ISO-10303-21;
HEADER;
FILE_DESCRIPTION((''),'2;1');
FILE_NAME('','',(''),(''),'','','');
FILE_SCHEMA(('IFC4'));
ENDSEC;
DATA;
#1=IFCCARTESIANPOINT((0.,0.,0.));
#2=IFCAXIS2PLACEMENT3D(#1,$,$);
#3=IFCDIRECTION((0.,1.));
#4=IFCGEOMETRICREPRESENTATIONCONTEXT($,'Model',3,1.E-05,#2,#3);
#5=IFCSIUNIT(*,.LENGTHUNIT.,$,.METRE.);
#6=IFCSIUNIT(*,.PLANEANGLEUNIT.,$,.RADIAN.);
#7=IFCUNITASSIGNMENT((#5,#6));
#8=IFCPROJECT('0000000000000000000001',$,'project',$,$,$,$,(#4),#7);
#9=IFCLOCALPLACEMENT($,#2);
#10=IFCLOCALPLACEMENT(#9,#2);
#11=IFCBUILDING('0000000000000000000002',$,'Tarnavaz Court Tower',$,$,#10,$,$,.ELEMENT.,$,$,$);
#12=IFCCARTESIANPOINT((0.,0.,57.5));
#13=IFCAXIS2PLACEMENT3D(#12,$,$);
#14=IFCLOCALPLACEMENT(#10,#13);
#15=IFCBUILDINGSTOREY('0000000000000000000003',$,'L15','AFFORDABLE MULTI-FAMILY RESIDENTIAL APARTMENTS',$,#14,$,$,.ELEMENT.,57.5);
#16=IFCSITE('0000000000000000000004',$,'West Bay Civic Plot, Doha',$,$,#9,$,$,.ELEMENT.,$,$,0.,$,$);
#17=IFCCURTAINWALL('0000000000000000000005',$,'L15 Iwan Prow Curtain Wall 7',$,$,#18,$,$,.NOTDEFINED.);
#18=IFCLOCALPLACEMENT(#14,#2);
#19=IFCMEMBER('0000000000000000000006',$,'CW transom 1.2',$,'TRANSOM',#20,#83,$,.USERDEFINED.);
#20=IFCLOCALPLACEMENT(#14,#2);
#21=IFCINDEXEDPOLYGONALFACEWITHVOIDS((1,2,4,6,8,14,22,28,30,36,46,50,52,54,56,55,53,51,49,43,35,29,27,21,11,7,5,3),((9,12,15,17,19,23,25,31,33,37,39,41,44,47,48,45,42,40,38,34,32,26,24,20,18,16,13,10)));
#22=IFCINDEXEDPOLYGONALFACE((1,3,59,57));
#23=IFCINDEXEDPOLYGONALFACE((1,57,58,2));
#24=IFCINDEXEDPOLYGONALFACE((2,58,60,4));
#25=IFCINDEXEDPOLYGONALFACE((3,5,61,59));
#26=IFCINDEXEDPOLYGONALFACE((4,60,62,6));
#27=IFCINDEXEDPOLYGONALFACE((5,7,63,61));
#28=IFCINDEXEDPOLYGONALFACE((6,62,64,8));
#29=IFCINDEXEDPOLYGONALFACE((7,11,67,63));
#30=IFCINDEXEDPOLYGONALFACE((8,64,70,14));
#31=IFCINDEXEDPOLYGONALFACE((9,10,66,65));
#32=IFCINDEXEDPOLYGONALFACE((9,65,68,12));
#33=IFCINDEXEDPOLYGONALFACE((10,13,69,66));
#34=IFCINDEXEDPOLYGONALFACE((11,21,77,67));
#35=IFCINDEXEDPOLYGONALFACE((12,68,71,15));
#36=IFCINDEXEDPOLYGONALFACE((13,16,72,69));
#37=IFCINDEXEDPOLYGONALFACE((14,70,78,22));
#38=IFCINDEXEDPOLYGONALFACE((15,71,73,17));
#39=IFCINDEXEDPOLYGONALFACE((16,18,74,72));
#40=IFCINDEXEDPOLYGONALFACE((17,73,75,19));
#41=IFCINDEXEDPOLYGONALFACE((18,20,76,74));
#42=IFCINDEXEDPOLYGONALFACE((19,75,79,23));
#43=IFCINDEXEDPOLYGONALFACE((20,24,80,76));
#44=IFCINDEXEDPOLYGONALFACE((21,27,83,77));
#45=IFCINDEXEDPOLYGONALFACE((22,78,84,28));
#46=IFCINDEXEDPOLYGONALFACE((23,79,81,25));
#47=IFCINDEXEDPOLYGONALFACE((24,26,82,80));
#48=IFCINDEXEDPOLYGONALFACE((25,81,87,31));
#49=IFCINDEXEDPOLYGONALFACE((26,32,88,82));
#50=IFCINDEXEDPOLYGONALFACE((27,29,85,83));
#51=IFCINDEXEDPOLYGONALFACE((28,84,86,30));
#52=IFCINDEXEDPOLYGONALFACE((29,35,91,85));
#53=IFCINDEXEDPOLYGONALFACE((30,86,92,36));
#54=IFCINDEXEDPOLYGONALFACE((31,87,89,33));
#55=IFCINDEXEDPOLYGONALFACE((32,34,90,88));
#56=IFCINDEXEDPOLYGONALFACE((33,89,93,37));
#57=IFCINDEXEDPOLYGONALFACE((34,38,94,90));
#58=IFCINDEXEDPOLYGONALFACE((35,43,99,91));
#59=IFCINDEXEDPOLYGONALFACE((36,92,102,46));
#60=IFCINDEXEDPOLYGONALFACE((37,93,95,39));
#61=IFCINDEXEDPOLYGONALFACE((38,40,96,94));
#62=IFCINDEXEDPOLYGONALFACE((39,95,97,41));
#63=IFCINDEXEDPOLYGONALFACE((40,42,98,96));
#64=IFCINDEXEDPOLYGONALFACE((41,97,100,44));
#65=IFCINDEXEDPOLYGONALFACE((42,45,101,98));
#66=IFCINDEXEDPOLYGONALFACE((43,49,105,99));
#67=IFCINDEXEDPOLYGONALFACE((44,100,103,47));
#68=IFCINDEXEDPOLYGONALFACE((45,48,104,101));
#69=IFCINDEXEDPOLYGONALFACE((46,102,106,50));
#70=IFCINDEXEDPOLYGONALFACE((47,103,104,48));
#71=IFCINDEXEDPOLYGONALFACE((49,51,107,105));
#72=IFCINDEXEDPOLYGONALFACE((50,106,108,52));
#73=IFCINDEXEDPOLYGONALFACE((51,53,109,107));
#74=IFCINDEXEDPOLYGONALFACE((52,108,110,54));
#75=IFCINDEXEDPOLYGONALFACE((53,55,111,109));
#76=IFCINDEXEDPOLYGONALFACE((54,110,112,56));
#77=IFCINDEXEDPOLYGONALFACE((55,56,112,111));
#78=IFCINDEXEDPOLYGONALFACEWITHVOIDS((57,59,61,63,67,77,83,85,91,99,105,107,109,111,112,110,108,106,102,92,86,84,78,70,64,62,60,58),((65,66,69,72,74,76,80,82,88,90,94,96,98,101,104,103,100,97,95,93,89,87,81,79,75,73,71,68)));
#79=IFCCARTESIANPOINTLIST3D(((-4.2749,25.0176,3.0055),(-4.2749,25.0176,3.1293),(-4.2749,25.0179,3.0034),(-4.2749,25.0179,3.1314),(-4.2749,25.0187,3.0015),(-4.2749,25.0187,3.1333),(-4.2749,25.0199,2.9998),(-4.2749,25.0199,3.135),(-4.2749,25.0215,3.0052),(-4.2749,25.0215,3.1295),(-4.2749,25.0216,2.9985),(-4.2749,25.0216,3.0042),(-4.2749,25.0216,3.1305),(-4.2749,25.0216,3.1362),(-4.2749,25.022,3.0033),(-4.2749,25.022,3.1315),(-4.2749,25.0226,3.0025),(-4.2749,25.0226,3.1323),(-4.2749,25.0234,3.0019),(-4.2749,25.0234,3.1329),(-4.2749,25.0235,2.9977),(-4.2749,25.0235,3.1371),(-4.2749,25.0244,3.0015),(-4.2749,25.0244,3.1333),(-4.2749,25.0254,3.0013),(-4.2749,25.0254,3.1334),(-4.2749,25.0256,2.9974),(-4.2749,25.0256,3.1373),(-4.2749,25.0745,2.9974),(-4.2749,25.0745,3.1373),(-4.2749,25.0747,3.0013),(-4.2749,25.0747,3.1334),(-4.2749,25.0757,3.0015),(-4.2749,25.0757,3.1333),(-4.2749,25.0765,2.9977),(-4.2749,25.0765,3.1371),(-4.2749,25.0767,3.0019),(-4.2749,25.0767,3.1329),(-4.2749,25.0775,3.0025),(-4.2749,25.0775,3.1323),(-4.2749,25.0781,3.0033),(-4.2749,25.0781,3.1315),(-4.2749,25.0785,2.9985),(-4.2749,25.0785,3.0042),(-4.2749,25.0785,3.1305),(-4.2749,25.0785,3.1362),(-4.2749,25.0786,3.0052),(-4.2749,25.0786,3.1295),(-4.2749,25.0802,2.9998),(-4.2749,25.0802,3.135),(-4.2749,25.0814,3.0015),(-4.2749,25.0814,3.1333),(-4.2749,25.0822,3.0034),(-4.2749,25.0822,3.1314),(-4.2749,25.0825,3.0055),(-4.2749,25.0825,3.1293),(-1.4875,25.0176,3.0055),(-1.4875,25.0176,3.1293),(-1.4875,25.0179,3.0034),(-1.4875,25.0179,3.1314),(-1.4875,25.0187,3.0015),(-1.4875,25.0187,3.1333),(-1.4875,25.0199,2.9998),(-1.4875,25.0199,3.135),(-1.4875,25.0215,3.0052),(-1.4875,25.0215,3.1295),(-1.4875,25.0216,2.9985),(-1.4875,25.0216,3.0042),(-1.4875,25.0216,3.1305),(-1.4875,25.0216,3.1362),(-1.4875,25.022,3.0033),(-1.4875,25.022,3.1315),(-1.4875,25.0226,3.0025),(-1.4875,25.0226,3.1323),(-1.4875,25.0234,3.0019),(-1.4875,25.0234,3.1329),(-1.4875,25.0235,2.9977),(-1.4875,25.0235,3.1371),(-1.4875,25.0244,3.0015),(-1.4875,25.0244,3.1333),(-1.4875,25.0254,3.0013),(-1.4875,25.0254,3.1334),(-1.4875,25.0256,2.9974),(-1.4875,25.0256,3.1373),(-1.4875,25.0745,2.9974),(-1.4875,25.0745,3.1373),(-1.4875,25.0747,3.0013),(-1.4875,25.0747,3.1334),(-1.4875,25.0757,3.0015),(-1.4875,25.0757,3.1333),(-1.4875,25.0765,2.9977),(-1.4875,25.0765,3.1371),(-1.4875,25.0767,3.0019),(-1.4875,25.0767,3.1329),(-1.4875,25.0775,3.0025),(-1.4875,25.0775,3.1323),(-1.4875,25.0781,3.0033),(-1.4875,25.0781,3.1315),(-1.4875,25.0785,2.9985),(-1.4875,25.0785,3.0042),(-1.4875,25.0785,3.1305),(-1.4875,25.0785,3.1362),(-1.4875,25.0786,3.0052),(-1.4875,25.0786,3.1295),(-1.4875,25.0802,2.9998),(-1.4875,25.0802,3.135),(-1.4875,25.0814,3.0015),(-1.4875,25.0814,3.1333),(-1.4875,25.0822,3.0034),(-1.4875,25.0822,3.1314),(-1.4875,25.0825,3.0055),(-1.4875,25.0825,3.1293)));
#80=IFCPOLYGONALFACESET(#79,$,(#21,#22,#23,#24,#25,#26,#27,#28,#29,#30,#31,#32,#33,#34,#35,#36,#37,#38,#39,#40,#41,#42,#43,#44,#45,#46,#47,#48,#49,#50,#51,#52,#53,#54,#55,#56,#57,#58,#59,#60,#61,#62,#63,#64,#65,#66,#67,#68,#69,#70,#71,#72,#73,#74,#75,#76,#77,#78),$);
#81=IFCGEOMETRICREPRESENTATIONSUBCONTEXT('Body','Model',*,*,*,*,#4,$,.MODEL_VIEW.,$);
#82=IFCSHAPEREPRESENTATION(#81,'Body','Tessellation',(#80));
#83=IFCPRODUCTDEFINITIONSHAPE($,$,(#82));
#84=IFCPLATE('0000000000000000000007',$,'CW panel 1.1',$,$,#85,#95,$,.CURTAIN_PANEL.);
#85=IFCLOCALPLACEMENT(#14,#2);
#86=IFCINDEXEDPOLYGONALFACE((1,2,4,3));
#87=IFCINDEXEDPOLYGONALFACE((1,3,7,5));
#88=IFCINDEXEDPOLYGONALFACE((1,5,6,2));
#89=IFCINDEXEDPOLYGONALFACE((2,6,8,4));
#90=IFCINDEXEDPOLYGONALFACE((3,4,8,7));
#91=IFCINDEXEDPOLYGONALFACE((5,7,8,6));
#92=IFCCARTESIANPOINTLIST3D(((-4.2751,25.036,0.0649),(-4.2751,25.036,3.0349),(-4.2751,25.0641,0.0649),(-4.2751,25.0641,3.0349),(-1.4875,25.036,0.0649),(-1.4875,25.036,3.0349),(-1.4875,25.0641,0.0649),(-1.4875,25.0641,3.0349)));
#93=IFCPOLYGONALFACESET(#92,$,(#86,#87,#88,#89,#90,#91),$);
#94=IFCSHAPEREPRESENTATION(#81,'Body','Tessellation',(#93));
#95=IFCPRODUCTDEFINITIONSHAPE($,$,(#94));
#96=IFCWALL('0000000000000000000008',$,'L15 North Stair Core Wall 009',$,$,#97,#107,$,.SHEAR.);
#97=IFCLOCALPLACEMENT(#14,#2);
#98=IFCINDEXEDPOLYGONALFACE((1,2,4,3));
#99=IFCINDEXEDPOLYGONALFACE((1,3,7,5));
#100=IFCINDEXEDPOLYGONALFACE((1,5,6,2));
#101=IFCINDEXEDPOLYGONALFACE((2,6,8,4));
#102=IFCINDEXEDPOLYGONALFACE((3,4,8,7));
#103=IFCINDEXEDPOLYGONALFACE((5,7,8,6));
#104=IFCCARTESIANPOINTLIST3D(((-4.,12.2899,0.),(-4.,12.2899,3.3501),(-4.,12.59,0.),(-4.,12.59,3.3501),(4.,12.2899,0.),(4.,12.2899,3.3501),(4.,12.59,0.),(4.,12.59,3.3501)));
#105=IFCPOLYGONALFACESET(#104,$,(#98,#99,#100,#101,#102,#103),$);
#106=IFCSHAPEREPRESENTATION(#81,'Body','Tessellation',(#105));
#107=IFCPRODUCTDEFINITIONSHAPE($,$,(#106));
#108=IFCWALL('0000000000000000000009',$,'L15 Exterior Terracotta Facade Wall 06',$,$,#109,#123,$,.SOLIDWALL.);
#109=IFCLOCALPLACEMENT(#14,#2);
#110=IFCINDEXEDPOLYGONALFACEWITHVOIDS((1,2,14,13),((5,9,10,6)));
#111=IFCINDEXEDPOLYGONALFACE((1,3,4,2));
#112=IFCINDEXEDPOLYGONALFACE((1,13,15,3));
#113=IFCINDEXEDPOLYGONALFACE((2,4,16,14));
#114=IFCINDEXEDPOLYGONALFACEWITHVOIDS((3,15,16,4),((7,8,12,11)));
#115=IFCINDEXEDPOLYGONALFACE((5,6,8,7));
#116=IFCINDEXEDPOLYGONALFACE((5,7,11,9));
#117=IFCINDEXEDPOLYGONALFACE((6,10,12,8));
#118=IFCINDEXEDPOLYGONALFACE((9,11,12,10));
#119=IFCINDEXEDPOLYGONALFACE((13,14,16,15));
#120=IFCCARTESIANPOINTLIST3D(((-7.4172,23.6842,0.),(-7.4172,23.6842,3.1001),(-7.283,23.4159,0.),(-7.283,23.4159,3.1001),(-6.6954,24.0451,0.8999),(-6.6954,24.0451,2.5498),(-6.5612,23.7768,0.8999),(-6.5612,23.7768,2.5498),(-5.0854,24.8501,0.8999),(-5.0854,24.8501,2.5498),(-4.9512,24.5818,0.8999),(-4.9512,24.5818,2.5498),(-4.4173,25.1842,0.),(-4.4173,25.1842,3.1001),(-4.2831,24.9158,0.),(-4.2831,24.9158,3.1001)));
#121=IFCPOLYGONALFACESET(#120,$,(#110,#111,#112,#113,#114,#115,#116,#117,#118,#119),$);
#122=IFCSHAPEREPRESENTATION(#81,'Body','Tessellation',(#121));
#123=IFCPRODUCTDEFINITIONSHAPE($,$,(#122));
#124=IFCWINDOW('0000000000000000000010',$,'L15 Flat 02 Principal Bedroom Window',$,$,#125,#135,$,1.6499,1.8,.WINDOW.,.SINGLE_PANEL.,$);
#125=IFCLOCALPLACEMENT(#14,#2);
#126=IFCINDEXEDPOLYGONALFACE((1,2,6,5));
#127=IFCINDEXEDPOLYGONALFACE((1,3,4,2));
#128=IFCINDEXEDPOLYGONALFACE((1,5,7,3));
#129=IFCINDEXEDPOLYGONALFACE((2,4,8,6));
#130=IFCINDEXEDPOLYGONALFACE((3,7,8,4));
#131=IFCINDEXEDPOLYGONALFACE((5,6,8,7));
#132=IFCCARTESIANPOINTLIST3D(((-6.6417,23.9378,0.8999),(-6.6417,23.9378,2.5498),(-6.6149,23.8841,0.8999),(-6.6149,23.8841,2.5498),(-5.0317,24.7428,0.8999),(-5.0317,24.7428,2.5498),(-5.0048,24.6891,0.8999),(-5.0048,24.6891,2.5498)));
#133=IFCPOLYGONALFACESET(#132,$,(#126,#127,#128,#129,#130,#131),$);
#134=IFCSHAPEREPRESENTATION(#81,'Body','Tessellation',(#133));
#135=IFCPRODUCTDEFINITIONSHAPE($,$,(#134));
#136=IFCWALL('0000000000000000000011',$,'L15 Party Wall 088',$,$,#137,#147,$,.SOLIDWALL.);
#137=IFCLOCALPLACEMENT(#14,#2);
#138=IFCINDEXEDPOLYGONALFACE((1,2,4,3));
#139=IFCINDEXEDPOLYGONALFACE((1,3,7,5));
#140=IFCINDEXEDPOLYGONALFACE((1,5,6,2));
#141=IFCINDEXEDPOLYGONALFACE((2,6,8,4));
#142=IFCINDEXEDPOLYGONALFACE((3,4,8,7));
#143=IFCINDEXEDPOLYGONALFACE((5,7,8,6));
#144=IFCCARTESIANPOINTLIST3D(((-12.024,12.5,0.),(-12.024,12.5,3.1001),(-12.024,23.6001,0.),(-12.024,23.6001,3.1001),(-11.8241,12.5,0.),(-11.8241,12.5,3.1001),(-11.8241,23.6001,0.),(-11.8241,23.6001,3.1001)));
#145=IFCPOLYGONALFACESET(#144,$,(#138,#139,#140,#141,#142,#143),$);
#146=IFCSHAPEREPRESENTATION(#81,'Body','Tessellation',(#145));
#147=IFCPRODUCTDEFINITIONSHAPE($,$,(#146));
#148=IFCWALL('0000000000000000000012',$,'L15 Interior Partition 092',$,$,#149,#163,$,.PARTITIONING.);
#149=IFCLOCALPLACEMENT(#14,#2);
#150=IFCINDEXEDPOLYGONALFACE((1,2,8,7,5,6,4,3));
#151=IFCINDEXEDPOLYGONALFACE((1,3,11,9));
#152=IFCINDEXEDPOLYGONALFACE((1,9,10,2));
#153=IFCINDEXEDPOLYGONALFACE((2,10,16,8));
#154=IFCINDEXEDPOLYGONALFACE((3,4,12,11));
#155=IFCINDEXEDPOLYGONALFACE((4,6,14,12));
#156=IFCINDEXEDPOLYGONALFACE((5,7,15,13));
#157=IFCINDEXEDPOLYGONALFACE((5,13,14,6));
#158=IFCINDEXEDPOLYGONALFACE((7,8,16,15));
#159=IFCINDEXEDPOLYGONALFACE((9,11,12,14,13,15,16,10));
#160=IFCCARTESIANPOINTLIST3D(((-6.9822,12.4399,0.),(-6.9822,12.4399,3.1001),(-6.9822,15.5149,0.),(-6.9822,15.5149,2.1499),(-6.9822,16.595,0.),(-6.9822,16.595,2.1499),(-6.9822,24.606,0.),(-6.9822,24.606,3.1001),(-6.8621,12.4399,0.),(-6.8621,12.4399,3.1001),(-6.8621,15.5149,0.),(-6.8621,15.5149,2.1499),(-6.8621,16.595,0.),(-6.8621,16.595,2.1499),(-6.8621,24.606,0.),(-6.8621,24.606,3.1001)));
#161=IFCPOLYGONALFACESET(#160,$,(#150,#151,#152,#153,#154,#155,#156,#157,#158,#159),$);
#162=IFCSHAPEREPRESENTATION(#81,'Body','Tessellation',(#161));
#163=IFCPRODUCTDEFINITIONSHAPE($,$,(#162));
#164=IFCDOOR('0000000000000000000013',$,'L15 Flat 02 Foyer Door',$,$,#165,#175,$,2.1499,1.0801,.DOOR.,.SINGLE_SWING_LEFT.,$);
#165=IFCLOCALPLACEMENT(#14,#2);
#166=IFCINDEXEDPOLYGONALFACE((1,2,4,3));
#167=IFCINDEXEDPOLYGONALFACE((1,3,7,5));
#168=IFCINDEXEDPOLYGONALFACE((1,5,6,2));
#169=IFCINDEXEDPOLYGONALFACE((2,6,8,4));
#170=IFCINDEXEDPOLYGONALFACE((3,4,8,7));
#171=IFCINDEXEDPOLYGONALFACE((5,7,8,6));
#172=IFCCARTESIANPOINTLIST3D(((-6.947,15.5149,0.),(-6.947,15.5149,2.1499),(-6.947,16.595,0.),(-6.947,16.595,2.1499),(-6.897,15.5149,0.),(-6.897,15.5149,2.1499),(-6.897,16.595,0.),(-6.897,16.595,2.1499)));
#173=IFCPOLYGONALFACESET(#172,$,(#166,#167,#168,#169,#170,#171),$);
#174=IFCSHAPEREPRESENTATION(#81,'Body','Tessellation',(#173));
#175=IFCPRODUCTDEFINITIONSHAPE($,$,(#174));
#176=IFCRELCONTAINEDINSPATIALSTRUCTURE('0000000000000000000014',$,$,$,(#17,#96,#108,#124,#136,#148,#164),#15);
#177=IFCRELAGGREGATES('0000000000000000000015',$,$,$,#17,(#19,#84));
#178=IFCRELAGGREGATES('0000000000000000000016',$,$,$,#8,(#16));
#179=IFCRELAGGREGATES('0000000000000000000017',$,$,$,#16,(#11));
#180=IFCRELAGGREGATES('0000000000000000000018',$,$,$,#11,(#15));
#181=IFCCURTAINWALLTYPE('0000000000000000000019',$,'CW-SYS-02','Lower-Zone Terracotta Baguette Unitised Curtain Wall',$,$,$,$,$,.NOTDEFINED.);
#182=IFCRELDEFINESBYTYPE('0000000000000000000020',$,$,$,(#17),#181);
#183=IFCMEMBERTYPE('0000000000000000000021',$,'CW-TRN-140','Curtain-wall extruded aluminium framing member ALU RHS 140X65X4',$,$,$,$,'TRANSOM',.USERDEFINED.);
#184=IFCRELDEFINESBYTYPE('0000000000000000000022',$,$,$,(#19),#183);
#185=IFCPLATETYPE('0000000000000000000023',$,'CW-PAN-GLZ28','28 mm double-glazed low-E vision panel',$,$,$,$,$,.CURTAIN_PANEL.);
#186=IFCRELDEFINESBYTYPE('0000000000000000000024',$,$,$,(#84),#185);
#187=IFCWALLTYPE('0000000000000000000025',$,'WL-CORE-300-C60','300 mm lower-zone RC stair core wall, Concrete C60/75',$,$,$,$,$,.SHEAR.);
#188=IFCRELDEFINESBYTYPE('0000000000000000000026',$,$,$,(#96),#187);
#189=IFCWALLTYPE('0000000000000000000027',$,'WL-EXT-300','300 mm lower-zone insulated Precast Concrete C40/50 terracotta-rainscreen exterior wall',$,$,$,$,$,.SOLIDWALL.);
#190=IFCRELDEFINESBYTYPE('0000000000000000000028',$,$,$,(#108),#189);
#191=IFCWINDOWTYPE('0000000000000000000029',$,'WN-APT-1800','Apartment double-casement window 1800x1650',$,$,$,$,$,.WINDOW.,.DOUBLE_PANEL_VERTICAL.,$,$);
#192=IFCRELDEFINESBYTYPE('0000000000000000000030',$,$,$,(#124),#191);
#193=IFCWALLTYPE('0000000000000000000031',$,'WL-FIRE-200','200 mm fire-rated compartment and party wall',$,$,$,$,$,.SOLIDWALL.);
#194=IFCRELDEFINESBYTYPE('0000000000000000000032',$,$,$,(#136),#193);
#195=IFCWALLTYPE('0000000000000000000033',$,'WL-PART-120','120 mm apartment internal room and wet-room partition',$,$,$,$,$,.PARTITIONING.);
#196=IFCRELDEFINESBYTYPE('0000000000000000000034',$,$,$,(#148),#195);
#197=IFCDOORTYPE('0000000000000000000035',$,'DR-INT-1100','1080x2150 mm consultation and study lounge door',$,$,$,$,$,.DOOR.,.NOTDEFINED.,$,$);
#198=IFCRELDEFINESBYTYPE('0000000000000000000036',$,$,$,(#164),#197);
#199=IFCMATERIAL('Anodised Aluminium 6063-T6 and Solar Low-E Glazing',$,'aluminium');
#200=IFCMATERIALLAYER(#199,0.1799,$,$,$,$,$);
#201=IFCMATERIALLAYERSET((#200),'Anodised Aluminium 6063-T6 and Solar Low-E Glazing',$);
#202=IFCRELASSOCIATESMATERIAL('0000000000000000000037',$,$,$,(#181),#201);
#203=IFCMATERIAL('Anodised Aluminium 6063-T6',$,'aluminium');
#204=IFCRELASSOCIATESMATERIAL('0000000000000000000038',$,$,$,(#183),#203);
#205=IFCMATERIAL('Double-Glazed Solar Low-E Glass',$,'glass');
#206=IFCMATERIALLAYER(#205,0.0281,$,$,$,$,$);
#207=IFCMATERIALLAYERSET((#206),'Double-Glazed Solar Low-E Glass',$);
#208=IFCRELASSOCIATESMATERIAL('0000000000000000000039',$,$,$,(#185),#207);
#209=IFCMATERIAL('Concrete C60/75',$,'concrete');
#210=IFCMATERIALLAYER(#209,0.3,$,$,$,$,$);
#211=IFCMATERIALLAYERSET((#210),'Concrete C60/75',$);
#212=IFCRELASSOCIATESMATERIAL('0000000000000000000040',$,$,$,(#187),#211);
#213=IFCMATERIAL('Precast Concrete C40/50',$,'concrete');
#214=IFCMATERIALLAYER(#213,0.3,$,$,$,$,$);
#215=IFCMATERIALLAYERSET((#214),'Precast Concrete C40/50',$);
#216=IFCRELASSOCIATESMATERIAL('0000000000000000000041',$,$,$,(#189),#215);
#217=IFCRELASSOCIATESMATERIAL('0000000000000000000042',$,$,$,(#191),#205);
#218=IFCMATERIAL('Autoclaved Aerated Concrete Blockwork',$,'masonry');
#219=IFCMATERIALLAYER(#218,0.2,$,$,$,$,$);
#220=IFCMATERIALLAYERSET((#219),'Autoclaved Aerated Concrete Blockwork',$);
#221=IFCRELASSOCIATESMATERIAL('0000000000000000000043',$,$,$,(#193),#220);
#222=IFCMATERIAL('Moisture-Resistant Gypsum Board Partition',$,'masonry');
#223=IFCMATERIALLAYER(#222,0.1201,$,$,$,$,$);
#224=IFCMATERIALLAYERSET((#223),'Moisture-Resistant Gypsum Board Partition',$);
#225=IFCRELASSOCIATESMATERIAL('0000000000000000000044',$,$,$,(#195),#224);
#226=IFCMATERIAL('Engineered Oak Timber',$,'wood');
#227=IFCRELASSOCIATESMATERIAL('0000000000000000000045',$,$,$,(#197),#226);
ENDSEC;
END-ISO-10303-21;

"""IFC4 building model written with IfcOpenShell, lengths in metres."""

from ifc_helpers import new_model, si_unit, direction, frame, frame_2d, origin, origin_2d, place, context, subcontext, project, spatial, rectangle, hollow_rectangle, extrude, material, layer, layer_set, material_profile, profile_set, type_object, element, fill, aggregate, save


model = new_model("IFC4")

# Units and contexts
model_context = context("Model", 3, precision=1e-05, world=origin(), true_north=direction((0.0, 1.0)))
body_context = subcontext(model_context, "Body", "Model", "MODEL_VIEW")
ifc_project = project(units=[si_unit("LENGTHUNIT", "METRE"), si_unit("PLANEANGLEUNIT", "RADIAN")], contexts=[model_context])

# Site, building, storey
site_placement = place(None, origin())
site = spatial("IfcSite", under=ifc_project, at=site_placement, Name="West Bay Civic Plot, Doha", CompositionType="ELEMENT", RefElevation=0.0)
building_placement = place(site_placement, origin())
building = spatial("IfcBuilding", under=site, at=building_placement, Name="Tarnavaz Court Tower", CompositionType="ELEMENT")
storey_placement = place(building_placement, frame((0.0, 0.0, 57.5)))
storey = spatial("IfcBuildingStorey", under=building, at=storey_placement, Name="L15", Description="AFFORDABLE MULTI-FAMILY RESIDENTIAL APARTMENTS", CompositionType="ELEMENT", Elevation=57.5)

# Shared definitions
ifc_material_1 = material(Name="Concrete C60/75", Category="concrete")

# Curtain wall, member, plate
ifc_material_2 = material(Name="Anodised Aluminium 6063-T6 and Solar Low-E Glazing", Category="aluminium")
ifc_layer_1 = layer(ifc_material_2, 0.1799)
ifc_layer_set_1 = layer_set([ifc_layer_1], Name="Anodised Aluminium 6063-T6 and Solar Low-E Glazing")
curtain_wall_type = type_object("IfcCurtainWallType", Name="CW-SYS-02", Description="Lower-Zone Terracotta Baguette Unitised Curtain Wall", PredefinedType="NOTDEFINED", material=ifc_layer_set_1)
curtain_wall_placement = place(storey_placement, origin())
curtain_wall = element("IfcCurtainWall", 1, at=curtain_wall_placement, inside=storey, type_object=curtain_wall_type, Name="L15 Iwan Prow Curtain Wall 7", PredefinedType="NOTDEFINED")
ifc_material_3 = material(Name="Anodised Aluminium 6063-T6", Category="aluminium")
ifc_material_profile_1 = material_profile(ifc_material_3, hollow_rectangle(XDim=0.0649, YDim=0.1399, WallThickness=0.0039, InnerFilletRadius=0.0039, OuterFilletRadius=0.0081, at=origin_2d()), Name="ALU RHS 140X65X4")
ifc_profile_set_1 = profile_set([ifc_material_profile_1], Name="Anodised Aluminium 6063-T6")
member_type_1 = type_object("IfcMemberType", Name="CW-TRN-140", Description="Curtain-wall extruded aluminium framing member ALU RHS 140X65X4", ElementType="TRANSOM", PredefinedType="USERDEFINED", material=ifc_profile_set_1)
member_1_placement = place(storey_placement, frame((-4.2749, 25.05, 3.0674), z_axis=(1.0, 0.0, 0.0), x_axis=(0.0, 1.0, 0.0)))
member_1 = element("IfcMember", 2, at=member_1_placement, type_object=member_type_1, Name="CW transom 1.2", ObjectType="TRANSOM", PredefinedType="USERDEFINED", context=body_context, shape_type="SweptSolid", body=[
    extrude(hollow_rectangle(XDim=0.0649, YDim=0.1399, WallThickness=0.0039, InnerFilletRadius=0.0039, OuterFilletRadius=0.0081, at=origin_2d()), origin(), (0.0, 0.0, 1.0), 2.7874),
])
ifc_material_4 = material(Name="Double-Glazed Solar Low-E Glass", Category="glass")
ifc_layer_2 = layer(ifc_material_4, 0.0281)
ifc_layer_set_2 = layer_set([ifc_layer_2], Name="Double-Glazed Solar Low-E Glass")
plate_type = type_object("IfcPlateType", Name="CW-PAN-GLZ28", Description="28 mm double-glazed low-E vision panel", PredefinedType="CURTAIN_PANEL", material=ifc_layer_set_2)
plate_placement = place(storey_placement, frame((-2.8813, 25.05, 0.0649), z_axis=(0.0, 0.0, 1.0), x_axis=(1.0, 0.0, 0.0)))
plate = element("IfcPlate", 3, at=plate_placement, type_object=plate_type, Name="CW panel 1.1", PredefinedType="CURTAIN_PANEL", context=body_context, shape_type="SweptSolid", body=[
    extrude(rectangle(XDim=2.7876, YDim=0.0281, at=origin_2d()), origin(), (0.0, 0.0, 1.0), 2.97),
])
aggregate(curtain_wall, [member_1, plate])

# Wall
ifc_layer_3 = layer(ifc_material_1, 0.3)
ifc_layer_set_3 = layer_set([ifc_layer_3], Name="Concrete C60/75")
wall_type_1 = type_object("IfcWallType", Name="WL-CORE-300-C60", Description="300 mm lower-zone RC stair core wall, Concrete C60/75", PredefinedType="SHEAR", material=ifc_layer_set_3)
wall_1_placement = place(storey_placement, frame((-4.0, 12.4399, 0.0), z_axis=(0.0, 0.0, 1.0), x_axis=(1.0, 0.0, 0.0)))
element("IfcWall", 4, at=wall_1_placement, inside=storey, type_object=wall_type_1, Name="L15 North Stair Core Wall 009", PredefinedType="SHEAR", context=body_context, shape_type="SweptSolid", body=[
    extrude(rectangle(XDim=8.0, YDim=0.3, at=frame_2d((4.0, 0.0))), origin(), (0.0, 0.0, 1.0), 3.3501),
])

# Wall, opening, window
ifc_material_5 = material(Name="Precast Concrete C40/50", Category="concrete")
ifc_layer_4 = layer(ifc_material_5, 0.3)
ifc_layer_set_4 = layer_set([ifc_layer_4], Name="Precast Concrete C40/50")
wall_type_2 = type_object("IfcWallType", Name="WL-EXT-300", Description="300 mm lower-zone insulated Precast Concrete C40/50 terracotta-rainscreen exterior wall", PredefinedType="SOLIDWALL", material=ifc_layer_set_4)
wall_2_placement = place(storey_placement, frame((-7.3501, 23.55, 0.0), z_axis=(0.0, 0.0, 1.0), x_axis=(0.894427, 0.447214, 0.0)))
wall_2 = element("IfcWall", 5, at=wall_2_placement, inside=storey, type_object=wall_type_2, Name="L15 Exterior Terracotta Facade Wall 06", PredefinedType="SOLIDWALL", context=body_context, shape_type="SweptSolid", body=[
    extrude(rectangle(XDim=3.354, YDim=0.3, at=frame_2d((1.677, 0.0))), origin(), (0.0, 0.0, 1.0), 3.1001),
])
opening_1_placement = place(wall_2_placement, frame((0.8071, 0.0, 0.8999)))
opening_1 = element("IfcOpeningElement", 6, at=opening_1_placement, cuts=wall_2, PredefinedType="OPENING", context=body_context, shape_type="SweptSolid", body=[
    extrude(rectangle(XDim=1.8, YDim=1.6499, at=frame_2d((0.8999, 0.825))), frame((0.0, 0.1599, 0.0), z_axis=(0.0, -1.0, 0.0), x_axis=(1.0, 0.0, 0.0)), (0.0, 0.0, 1.0), 0.3201),
])
window_type = type_object("IfcWindowType", Name="WN-APT-1800", Description="Apartment double-casement window 1800x1650", PartitioningType="DOUBLE_PANEL_VERTICAL", PredefinedType="WINDOW", material=ifc_material_4)
window_placement = place(opening_1_placement, origin())
window = element("IfcWindow", 7, at=window_placement, inside=storey, type_object=window_type, Name="L15 Flat 02 Principal Bedroom Window", OverallHeight=1.6499, OverallWidth=1.8, PartitioningType="SINGLE_PANEL", PredefinedType="WINDOW", context=body_context, shape_type="SweptSolid", body=[
    extrude(rectangle(XDim=1.8, YDim=1.6499, at=frame_2d((0.8999, 0.825))), frame((0.0, 0.03, 0.0), z_axis=(0.0, -1.0, 0.0), x_axis=(1.0, 0.0, 0.0)), (0.0, 0.0, 1.0), 0.0601),
])
fill(opening_1, window)

# Wall
ifc_material_6 = material(Name="Autoclaved Aerated Concrete Blockwork", Category="masonry")
ifc_layer_5 = layer(ifc_material_6, 0.2)
ifc_layer_set_5 = layer_set([ifc_layer_5], Name="Autoclaved Aerated Concrete Blockwork")
wall_type_3 = type_object("IfcWallType", Name="WL-FIRE-200", Description="200 mm fire-rated compartment and party wall", PredefinedType="SOLIDWALL", material=ifc_layer_set_5)
wall_3_placement = place(storey_placement, frame((-11.9241, 12.5, 0.0), z_axis=(0.0, 0.0, 1.0), x_axis=(0.0, 1.0, 0.0)))
element("IfcWall", 8, at=wall_3_placement, inside=storey, type_object=wall_type_3, Name="L15 Party Wall 088", PredefinedType="SOLIDWALL", context=body_context, shape_type="SweptSolid", body=[
    extrude(rectangle(XDim=11.1001, YDim=0.2, at=frame_2d((5.55, 0.0))), origin(), (0.0, 0.0, 1.0), 3.1001),
])

# Wall, opening, door
ifc_material_7 = material(Name="Moisture-Resistant Gypsum Board Partition", Category="masonry")
ifc_layer_6 = layer(ifc_material_7, 0.1201)
ifc_layer_set_6 = layer_set([ifc_layer_6], Name="Moisture-Resistant Gypsum Board Partition")
wall_type_4 = type_object("IfcWallType", Name="WL-PART-120", Description="120 mm apartment internal room and wet-room partition", PredefinedType="PARTITIONING", material=ifc_layer_set_6)
wall_4_placement = place(storey_placement, frame((-6.9221, 12.4399, 0.0), z_axis=(0.0, 0.0, 1.0), x_axis=(0.0, 1.0, 0.0)))
wall_4 = element("IfcWall", 9, at=wall_4_placement, inside=storey, type_object=wall_type_4, Name="L15 Interior Partition 092", PredefinedType="PARTITIONING", context=body_context, shape_type="SweptSolid", body=[
    extrude(rectangle(XDim=12.166, YDim=0.1201, at=frame_2d((6.083, 0.0))), origin(), (0.0, 0.0, 1.0), 3.1001),
])
opening_2_placement = place(wall_4_placement, frame((3.075, 0.0, 0.0)))
opening_2 = element("IfcOpeningElement", 10, at=opening_2_placement, cuts=wall_4, PredefinedType="OPENING", context=body_context, shape_type="SweptSolid", body=[
    extrude(rectangle(XDim=1.0801, YDim=2.1499, at=frame_2d((0.54, 1.075))), frame((0.0, 0.0701, 0.0), z_axis=(0.0, -1.0, 0.0), x_axis=(1.0, 0.0, 0.0)), (0.0, 0.0, 1.0), 0.1401),
])
ifc_material_8 = material(Name="Engineered Oak Timber", Category="wood")
door_type_1 = type_object("IfcDoorType", Name="DR-INT-1100", Description="1080x2150 mm consultation and study lounge door", OperationType="NOTDEFINED", PredefinedType="DOOR", material=ifc_material_8)
door_1_placement = place(opening_2_placement, origin())
door_1 = element("IfcDoor", 11, at=door_1_placement, inside=storey, type_object=door_type_1, Name="L15 Flat 02 Foyer Door", OperationType="SINGLE_SWING_LEFT", OverallHeight=2.1499, OverallWidth=1.0801, PredefinedType="DOOR", context=body_context, shape_type="SweptSolid", body=[
    extrude(rectangle(XDim=1.0801, YDim=2.1499, at=frame_2d((0.54, 1.075))), frame((0.0, 0.0249, 0.0), z_axis=(0.0, -1.0, 0.0), x_axis=(1.0, 0.0, 0.0)), (0.0, 0.0, 1.0), 0.05),
])
fill(opening_2, door_1)

save(model, "model.ifc")
